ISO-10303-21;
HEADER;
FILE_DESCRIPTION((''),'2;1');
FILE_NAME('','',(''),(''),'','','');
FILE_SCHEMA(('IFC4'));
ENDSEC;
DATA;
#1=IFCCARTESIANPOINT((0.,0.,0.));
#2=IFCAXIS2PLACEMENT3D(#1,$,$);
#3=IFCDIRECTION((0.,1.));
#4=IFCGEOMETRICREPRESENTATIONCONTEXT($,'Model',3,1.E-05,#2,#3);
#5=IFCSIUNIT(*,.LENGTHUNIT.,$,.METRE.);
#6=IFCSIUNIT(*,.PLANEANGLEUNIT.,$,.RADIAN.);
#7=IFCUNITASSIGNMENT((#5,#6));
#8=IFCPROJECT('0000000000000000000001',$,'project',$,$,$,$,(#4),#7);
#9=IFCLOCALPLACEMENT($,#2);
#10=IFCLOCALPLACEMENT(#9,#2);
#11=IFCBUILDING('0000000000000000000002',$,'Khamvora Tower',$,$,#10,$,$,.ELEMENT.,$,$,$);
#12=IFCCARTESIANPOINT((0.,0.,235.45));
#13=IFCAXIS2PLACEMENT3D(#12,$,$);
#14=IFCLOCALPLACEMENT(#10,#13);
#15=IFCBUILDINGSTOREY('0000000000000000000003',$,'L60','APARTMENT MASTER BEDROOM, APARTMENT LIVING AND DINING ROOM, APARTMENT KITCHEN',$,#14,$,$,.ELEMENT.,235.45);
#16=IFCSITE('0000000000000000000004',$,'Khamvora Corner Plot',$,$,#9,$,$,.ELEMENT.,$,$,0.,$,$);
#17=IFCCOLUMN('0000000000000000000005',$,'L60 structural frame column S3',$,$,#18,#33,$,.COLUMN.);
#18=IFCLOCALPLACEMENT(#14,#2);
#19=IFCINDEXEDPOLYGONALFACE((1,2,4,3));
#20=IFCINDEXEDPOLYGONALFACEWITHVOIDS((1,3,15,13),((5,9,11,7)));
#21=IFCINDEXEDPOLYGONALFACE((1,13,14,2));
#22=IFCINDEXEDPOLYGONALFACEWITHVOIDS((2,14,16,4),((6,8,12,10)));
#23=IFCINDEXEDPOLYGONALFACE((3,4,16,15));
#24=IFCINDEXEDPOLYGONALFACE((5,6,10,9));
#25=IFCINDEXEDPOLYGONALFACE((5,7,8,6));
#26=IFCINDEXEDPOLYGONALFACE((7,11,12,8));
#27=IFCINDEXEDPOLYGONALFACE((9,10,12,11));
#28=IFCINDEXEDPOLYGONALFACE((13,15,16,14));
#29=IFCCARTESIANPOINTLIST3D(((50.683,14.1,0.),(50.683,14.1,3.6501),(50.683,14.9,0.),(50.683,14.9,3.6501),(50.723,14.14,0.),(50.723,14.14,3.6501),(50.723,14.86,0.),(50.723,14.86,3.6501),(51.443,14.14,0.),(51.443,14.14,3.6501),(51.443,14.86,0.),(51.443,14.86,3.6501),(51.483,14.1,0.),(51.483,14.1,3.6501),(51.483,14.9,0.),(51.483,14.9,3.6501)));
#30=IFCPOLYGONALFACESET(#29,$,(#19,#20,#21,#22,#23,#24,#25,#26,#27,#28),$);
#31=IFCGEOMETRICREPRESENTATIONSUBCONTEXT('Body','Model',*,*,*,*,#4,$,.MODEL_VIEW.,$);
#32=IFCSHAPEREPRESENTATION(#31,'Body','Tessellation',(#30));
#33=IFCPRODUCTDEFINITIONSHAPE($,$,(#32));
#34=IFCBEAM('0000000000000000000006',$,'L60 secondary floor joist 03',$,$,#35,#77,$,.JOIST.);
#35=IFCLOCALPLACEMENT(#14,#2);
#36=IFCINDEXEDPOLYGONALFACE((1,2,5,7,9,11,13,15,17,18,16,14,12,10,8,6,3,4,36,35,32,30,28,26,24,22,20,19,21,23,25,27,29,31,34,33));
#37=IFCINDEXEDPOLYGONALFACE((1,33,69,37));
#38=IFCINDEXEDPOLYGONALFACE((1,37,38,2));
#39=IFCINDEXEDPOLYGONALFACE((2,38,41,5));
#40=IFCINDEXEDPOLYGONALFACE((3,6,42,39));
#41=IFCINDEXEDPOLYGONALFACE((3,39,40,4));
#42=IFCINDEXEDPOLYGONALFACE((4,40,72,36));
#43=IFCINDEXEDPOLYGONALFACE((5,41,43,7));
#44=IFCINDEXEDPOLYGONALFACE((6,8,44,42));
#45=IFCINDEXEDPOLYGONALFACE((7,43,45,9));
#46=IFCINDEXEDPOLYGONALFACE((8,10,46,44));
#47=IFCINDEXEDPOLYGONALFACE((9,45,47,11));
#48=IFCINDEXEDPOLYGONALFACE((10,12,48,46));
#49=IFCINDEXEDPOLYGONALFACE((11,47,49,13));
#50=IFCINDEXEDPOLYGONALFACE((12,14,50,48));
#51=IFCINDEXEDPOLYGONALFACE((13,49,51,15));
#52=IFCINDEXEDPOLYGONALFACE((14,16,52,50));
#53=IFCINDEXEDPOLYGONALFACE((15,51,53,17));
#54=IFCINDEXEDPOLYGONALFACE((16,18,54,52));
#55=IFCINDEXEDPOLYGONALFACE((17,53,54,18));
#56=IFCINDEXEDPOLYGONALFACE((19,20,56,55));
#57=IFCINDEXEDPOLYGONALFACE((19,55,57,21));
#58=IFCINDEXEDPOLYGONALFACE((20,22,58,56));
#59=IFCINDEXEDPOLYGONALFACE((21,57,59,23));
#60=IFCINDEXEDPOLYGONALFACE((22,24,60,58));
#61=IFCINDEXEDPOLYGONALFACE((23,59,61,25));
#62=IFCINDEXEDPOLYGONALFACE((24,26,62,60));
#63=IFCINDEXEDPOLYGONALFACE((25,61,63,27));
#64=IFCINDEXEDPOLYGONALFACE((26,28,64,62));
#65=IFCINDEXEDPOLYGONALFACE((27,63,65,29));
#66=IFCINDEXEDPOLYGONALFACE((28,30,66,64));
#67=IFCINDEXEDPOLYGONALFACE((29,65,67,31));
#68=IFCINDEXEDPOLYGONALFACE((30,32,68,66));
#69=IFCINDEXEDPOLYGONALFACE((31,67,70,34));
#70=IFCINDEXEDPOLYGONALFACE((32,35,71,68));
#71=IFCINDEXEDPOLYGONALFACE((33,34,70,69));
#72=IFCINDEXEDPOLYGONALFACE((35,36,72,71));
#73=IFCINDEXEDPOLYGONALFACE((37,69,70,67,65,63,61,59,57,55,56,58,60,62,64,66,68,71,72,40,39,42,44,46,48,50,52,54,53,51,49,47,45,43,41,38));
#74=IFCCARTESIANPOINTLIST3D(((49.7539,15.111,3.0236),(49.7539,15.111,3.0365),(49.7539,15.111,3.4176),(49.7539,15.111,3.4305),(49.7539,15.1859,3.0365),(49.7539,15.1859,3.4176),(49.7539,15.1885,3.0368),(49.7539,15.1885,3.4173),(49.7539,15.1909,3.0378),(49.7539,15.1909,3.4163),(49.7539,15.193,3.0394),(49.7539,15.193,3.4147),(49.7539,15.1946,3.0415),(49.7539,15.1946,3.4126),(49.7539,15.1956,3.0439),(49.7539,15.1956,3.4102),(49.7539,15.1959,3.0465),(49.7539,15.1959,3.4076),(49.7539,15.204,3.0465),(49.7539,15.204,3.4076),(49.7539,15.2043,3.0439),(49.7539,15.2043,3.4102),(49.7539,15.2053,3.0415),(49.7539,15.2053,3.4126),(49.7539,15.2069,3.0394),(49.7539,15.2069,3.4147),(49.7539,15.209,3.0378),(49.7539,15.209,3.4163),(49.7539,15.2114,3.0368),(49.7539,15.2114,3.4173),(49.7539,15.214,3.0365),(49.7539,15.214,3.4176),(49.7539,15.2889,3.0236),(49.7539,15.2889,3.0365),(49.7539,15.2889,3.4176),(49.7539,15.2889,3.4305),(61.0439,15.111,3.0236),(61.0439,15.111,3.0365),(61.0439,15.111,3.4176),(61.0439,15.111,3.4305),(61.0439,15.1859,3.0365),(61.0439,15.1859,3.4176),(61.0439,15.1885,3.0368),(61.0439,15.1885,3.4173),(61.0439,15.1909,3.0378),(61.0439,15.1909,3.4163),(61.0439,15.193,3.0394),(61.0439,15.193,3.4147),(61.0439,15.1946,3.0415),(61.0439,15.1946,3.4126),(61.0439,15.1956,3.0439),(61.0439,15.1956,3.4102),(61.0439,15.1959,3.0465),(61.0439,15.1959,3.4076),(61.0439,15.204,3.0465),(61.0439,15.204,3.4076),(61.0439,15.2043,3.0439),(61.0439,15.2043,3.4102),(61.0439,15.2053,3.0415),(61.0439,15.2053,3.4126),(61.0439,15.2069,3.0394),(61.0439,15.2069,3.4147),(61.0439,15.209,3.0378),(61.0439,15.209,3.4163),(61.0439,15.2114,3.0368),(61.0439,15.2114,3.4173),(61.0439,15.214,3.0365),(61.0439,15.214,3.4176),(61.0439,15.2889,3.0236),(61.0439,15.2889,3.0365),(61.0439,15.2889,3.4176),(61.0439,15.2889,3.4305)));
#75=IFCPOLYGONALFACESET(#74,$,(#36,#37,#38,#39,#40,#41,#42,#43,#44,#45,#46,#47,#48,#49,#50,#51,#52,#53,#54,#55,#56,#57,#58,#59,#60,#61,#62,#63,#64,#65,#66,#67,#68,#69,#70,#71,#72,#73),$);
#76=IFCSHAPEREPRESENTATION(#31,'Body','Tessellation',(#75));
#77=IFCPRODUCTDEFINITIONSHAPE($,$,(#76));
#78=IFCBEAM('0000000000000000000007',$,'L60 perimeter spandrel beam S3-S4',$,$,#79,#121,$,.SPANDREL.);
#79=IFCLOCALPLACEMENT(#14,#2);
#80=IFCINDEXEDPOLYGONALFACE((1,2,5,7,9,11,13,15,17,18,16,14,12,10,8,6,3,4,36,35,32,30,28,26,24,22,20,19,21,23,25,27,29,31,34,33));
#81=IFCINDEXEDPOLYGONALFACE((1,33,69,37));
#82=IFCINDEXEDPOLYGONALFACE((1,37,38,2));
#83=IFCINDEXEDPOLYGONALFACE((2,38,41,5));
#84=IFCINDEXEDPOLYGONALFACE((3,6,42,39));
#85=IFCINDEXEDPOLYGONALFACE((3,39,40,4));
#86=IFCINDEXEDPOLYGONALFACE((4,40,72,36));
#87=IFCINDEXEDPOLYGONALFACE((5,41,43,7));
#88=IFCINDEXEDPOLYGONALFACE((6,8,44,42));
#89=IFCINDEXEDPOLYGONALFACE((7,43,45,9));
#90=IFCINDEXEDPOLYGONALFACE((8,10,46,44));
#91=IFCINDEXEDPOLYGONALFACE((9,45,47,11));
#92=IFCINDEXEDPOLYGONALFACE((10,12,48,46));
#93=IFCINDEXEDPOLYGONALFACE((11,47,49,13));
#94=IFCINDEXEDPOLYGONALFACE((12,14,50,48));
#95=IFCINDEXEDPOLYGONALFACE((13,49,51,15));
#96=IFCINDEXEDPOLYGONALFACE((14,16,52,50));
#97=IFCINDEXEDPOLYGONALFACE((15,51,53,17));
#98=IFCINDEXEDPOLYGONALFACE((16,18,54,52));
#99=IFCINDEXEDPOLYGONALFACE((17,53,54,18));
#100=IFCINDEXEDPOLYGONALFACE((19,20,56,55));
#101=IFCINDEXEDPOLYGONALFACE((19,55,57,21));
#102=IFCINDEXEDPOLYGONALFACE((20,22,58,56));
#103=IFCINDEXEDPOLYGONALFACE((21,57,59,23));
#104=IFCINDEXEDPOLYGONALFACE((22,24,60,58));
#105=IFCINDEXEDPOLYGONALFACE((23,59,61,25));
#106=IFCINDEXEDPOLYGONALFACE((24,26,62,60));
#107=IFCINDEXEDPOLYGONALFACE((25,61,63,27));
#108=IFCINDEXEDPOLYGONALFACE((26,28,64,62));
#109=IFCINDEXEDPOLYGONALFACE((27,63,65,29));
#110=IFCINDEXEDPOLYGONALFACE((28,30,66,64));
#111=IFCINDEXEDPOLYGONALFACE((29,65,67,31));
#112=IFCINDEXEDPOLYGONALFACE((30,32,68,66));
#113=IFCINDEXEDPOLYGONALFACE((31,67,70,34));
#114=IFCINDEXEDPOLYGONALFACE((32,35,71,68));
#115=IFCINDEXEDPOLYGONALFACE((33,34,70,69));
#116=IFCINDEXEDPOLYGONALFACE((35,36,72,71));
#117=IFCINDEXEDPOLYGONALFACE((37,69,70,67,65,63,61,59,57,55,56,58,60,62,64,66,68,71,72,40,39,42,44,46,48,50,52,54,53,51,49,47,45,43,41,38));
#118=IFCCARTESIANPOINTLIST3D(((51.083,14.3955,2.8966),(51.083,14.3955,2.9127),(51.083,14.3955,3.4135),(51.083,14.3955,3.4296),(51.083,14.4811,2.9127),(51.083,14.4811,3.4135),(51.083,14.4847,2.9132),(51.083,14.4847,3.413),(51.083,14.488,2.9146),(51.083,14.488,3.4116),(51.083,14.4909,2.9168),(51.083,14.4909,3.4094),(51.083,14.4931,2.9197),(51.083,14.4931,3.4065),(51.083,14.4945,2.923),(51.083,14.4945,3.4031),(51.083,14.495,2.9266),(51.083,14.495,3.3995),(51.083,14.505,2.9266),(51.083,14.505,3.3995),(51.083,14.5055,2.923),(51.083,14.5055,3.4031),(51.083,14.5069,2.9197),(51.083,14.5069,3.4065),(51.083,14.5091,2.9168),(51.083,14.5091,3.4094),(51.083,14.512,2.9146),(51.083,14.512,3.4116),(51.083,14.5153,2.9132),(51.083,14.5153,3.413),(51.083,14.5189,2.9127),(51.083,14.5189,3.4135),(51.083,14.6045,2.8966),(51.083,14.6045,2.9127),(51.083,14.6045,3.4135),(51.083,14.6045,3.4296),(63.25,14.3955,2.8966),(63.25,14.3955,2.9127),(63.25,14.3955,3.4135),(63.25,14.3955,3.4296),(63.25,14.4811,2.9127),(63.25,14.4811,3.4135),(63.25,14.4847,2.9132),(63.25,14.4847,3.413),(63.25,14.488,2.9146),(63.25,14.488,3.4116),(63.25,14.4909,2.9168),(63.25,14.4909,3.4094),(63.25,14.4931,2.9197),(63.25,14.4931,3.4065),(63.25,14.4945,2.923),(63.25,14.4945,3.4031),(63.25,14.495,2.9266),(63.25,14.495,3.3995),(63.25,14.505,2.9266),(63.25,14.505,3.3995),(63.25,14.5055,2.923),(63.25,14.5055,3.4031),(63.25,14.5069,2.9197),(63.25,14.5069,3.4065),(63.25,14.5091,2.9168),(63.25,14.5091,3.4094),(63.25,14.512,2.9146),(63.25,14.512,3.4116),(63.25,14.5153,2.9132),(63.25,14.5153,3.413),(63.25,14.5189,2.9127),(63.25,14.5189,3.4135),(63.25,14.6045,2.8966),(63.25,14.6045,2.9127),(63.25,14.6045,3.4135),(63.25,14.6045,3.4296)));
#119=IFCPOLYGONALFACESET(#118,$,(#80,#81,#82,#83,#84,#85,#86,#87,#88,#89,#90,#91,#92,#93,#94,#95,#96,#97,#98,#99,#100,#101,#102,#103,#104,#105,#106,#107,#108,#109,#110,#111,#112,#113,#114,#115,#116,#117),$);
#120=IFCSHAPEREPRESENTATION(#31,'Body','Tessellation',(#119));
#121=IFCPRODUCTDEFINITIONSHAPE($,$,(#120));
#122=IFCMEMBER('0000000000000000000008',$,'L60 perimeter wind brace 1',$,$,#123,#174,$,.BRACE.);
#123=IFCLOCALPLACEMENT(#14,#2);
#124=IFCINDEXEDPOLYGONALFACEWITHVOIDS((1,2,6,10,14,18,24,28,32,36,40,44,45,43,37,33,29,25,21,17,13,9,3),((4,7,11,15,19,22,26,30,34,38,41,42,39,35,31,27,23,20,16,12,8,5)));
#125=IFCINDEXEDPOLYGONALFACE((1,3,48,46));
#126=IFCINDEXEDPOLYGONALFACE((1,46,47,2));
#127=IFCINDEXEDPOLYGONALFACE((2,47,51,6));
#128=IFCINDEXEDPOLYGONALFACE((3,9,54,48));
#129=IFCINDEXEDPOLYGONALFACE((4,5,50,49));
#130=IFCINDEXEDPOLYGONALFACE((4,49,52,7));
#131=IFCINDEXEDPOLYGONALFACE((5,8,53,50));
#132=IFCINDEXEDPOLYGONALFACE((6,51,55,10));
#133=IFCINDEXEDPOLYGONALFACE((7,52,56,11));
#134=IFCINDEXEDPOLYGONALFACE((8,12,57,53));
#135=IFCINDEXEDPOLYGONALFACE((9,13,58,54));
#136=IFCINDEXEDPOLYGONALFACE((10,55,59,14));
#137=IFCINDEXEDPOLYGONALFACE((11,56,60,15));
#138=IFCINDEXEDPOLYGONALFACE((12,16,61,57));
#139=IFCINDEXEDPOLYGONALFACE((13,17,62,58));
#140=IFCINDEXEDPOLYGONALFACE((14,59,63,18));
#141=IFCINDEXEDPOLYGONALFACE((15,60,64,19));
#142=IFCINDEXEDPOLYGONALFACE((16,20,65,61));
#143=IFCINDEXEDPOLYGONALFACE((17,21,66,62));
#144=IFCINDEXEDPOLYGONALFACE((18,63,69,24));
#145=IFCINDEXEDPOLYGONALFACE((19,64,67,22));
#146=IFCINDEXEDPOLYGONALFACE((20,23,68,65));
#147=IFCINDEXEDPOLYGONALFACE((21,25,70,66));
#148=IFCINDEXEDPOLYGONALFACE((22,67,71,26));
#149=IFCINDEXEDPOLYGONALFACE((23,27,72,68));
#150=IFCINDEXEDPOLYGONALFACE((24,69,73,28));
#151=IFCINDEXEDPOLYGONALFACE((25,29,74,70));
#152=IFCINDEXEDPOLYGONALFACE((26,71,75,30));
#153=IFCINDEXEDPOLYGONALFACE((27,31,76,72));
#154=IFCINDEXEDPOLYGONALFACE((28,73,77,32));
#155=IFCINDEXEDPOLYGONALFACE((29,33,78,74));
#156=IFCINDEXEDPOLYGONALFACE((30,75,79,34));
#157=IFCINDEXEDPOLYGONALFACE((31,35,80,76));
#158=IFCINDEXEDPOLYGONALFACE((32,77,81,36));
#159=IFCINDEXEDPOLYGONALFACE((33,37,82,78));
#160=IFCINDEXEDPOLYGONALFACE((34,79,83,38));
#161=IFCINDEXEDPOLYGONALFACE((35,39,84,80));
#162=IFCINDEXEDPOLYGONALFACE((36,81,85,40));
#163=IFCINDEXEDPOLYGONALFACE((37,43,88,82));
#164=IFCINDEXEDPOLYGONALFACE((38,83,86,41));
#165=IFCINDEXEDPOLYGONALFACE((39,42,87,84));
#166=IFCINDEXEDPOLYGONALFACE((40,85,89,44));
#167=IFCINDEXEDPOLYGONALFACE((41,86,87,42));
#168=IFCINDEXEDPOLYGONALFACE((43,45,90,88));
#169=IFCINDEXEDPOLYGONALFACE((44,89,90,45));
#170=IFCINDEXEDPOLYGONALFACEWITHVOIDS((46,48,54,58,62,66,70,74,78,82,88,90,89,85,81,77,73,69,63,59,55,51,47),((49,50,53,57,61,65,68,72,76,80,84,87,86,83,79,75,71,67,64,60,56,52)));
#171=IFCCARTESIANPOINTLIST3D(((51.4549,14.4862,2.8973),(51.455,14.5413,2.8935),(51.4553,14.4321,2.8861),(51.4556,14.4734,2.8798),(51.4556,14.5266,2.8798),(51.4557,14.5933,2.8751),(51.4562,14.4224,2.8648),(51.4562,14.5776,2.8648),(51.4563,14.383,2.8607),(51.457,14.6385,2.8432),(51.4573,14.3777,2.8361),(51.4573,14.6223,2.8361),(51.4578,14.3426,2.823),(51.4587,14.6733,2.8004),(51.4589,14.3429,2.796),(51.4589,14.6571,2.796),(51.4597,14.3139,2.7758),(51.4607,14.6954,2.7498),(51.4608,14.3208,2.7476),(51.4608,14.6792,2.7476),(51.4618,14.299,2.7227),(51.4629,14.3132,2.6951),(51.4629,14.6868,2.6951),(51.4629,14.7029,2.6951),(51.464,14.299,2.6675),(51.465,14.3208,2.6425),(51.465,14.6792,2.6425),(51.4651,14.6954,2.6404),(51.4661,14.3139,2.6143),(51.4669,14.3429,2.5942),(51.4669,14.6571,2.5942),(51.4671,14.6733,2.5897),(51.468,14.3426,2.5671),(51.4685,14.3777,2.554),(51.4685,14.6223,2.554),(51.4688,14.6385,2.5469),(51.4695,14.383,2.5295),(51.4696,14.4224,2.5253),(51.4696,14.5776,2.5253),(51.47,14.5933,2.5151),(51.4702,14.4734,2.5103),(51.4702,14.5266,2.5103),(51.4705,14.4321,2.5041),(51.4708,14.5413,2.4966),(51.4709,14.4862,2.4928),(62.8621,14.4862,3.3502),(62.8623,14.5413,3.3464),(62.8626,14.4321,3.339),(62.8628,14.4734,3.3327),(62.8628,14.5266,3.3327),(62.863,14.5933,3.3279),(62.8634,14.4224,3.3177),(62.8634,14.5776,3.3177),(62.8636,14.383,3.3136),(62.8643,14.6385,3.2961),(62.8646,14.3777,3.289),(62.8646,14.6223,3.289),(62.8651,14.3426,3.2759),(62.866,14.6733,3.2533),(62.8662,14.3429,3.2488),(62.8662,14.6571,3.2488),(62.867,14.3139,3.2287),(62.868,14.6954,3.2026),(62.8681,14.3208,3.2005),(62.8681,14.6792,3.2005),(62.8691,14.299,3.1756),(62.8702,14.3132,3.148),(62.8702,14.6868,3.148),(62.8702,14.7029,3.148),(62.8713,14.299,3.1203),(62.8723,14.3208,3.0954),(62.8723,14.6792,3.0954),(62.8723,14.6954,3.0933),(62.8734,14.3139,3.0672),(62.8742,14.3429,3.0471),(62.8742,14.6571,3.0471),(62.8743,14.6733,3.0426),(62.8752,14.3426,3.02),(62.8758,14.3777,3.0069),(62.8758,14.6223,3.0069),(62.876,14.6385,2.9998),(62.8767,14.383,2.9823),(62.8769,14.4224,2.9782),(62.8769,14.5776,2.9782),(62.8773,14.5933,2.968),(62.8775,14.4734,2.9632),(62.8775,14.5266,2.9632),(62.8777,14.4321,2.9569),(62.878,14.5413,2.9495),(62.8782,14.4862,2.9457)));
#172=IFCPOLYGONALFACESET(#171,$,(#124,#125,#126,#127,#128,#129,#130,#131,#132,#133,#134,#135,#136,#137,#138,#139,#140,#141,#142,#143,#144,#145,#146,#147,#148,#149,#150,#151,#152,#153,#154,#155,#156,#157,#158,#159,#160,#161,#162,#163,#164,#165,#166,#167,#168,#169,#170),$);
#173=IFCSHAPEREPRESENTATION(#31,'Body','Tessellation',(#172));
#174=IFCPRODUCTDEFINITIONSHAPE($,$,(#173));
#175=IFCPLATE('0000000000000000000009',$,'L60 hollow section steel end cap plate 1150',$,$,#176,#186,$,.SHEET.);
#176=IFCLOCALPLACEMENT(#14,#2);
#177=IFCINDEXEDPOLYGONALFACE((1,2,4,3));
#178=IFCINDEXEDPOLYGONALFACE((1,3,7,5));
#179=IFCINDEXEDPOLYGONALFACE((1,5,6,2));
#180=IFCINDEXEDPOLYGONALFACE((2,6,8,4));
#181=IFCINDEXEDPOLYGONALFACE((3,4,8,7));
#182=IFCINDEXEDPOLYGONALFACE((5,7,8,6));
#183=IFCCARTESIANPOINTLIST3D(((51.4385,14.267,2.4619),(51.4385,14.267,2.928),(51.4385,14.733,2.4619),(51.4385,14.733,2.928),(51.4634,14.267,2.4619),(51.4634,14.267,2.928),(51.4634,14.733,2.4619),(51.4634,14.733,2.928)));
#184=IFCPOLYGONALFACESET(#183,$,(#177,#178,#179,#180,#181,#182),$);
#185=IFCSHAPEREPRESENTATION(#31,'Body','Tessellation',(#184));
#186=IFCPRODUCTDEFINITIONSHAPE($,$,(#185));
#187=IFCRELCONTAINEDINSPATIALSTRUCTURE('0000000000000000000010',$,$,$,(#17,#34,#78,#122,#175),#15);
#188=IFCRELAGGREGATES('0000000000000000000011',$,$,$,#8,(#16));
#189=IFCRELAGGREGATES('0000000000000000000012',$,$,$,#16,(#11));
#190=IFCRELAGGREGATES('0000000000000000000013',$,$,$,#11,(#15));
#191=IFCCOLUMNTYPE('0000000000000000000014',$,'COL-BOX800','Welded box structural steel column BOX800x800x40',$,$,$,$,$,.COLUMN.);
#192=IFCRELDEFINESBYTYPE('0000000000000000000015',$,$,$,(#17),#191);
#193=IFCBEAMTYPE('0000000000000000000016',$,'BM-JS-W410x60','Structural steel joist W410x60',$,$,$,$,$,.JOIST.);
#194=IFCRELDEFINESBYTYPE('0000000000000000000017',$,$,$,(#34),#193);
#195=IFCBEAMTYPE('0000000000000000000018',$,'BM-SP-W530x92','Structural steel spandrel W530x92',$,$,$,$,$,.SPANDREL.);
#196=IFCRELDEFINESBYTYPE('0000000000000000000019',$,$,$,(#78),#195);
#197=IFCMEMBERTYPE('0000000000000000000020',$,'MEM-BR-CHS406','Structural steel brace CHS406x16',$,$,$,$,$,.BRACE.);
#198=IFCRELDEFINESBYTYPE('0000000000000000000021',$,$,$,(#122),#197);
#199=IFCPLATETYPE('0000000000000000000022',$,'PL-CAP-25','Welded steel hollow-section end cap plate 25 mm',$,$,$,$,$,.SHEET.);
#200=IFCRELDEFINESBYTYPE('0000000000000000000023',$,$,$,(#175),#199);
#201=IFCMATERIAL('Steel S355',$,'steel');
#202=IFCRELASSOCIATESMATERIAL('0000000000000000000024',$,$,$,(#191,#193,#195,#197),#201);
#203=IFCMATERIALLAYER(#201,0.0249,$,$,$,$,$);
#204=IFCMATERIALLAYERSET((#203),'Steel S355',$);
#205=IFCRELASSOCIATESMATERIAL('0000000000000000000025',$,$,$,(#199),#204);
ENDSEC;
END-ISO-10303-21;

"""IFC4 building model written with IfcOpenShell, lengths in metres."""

from ifc_helpers import new_model, si_unit, direction, frame, origin, origin_2d, place, context, subcontext, project, spatial, rectangle, hollow_rectangle, hollow_circle, i_section, extrude, material, layer, layer_set, material_profile, profile_set, type_object, element, save


model = new_model("IFC4")

# Units and contexts
model_context = context("Model", 3, precision=1e-05, world=origin(), true_north=direction((0.0, 1.0)))
body_context = subcontext(model_context, "Body", "Model", "MODEL_VIEW")
ifc_project = project(units=[si_unit("LENGTHUNIT", "METRE"), si_unit("PLANEANGLEUNIT", "RADIAN")], contexts=[model_context])

# Site, building, storey
site_placement = place(None, origin())
site = spatial("IfcSite", under=ifc_project, at=site_placement, Name="Khamvora Corner Plot", CompositionType="ELEMENT", RefElevation=0.0)
building_placement = place(site_placement, origin())
building = spatial("IfcBuilding", under=site, at=building_placement, Name="Khamvora Tower", CompositionType="ELEMENT")
storey_placement = place(building_placement, frame((0.0, 0.0, 235.45)))
storey = spatial("IfcBuildingStorey", under=building, at=storey_placement, Name="L60", Description="APARTMENT MASTER BEDROOM, APARTMENT LIVING AND DINING ROOM, APARTMENT KITCHEN", CompositionType="ELEMENT", Elevation=235.45)

# Column
ifc_material_1 = material(Name="Steel S355", Category="steel")
ifc_material_profile_1 = material_profile(ifc_material_1, hollow_rectangle(XDim=0.8, YDim=0.8, WallThickness=0.04, at=origin_2d()), Name="BOX800x800x40")
ifc_profile_set_1 = profile_set([ifc_material_profile_1], Name="Steel S355")
column_type = type_object("IfcColumnType", Name="COL-BOX800", Description="Welded box structural steel column BOX800x800x40", PredefinedType="COLUMN", material=ifc_profile_set_1)
column_placement = place(storey_placement, frame((51.083, 14.5, 0.0), z_axis=(0.0, 0.0, 1.0), x_axis=(1.0, 0.0, 0.0)))
element("IfcColumn", 1, at=column_placement, inside=storey, type_object=column_type, Name="L60 structural frame column S3", PredefinedType="COLUMN", context=body_context, shape_type="SweptSolid", body=[
    extrude(hollow_rectangle(XDim=0.8, YDim=0.8, WallThickness=0.04, at=origin_2d()), origin(), (0.0, 0.0, 1.0), 3.6501),
])

# Beams
ifc_material_profile_2 = material_profile(ifc_material_1, i_section(OverallWidth=0.178, OverallDepth=0.407, WebThickness=0.0081, FlangeThickness=0.0129, FilletRadius=0.01, at=origin_2d()), Name="W410x60")
ifc_profile_set_2 = profile_set([ifc_material_profile_2], Name="Steel S355")
beam_type_1 = type_object("IfcBeamType", Name="BM-JS-W410x60", Description="Structural steel joist W410x60", PredefinedType="JOIST", material=ifc_profile_set_2)
beam_1_placement = place(storey_placement, frame((49.7539, 15.2, 3.2271), z_axis=(1.0, 0.0, 0.0), x_axis=(0.0, 1.0, 0.0)))
element("IfcBeam", 2, at=beam_1_placement, inside=storey, type_object=beam_type_1, Name="L60 secondary floor joist 03", PredefinedType="JOIST", context=body_context, shape_type="SweptSolid", body=[
    extrude(i_section(OverallWidth=0.178, OverallDepth=0.407, WebThickness=0.0081, FlangeThickness=0.0129, FilletRadius=0.01, at=origin_2d()), origin(), (0.0, 0.0, 1.0), 11.29),
])
ifc_material_profile_3 = material_profile(ifc_material_1, i_section(OverallWidth=0.209, OverallDepth=0.533, WebThickness=0.01, FlangeThickness=0.0161, FilletRadius=0.0139, at=origin_2d()), Name="W530x92")
ifc_profile_set_3 = profile_set([ifc_material_profile_3], Name="Steel S355")
beam_type_2 = type_object("IfcBeamType", Name="BM-SP-W530x92", Description="Structural steel spandrel W530x92", PredefinedType="SPANDREL", material=ifc_profile_set_3)
beam_2_placement = place(storey_placement, frame((51.083, 14.5, 3.1631), z_axis=(1.0, 0.0, 0.0), x_axis=(0.0, 1.0, 0.0)))
element("IfcBeam", 3, at=beam_2_placement, inside=storey, type_object=beam_type_2, Name="L60 perimeter spandrel beam S3-S4", PredefinedType="SPANDREL", context=body_context, shape_type="SweptSolid", body=[
    extrude(i_section(OverallWidth=0.209, OverallDepth=0.533, WebThickness=0.01, FlangeThickness=0.0161, FilletRadius=0.0139, at=origin_2d()), origin(), (0.0, 0.0, 1.0), 12.167),
])

# Member
ifc_material_profile_4 = material_profile(ifc_material_1, hollow_circle(Radius=0.2029, WallThickness=0.0161, at=origin_2d()), Name="CHS406x16")
ifc_profile_set_4 = profile_set([ifc_material_profile_4], Name="Steel S355")
member_type = type_object("IfcMemberType", Name="MEM-BR-CHS406", Description="Structural steel brace CHS406x16", PredefinedType="BRACE", material=ifc_profile_set_4)
member_placement = place(storey_placement, frame((51.4629, 14.5, 2.6951), z_axis=(0.999213, 0.0, 0.03967), x_axis=(0.0, 1.0, 0.0)))
element("IfcMember", 4, at=member_placement, inside=storey, type_object=member_type, Name="L60 perimeter wind brace 1", PredefinedType="BRACE", context=body_context, shape_type="SweptSolid", body=[
    extrude(hollow_circle(Radius=0.2029, WallThickness=0.0161, at=origin_2d()), origin(), (0.0, 0.0, 1.0), 11.4163),
])

# Plate
ifc_layer_1 = layer(ifc_material_1, 0.0249)
ifc_layer_set_1 = layer_set([ifc_layer_1], Name="Steel S355")
plate_type_1 = type_object("IfcPlateType", Name="PL-CAP-25", Description="Welded steel hollow-section end cap plate 25 mm", PredefinedType="SHEET", material=ifc_layer_set_1)
plate_1_placement = place(storey_placement, frame((51.4509, 14.5, 2.4619), z_axis=(0.0, 0.0, 1.0), x_axis=(1.0, 0.0, 0.0)))
element("IfcPlate", 5, at=plate_1_placement, inside=storey, type_object=plate_type_1, Name="L60 hollow section steel end cap plate 1150", PredefinedType="SHEET", context=body_context, shape_type="SweptSolid", body=[
    extrude(rectangle(XDim=0.0249, YDim=0.4661, at=origin_2d()), origin(), (0.0, 0.0, 1.0), 0.4661),
])

save(model, "model.ifc")
